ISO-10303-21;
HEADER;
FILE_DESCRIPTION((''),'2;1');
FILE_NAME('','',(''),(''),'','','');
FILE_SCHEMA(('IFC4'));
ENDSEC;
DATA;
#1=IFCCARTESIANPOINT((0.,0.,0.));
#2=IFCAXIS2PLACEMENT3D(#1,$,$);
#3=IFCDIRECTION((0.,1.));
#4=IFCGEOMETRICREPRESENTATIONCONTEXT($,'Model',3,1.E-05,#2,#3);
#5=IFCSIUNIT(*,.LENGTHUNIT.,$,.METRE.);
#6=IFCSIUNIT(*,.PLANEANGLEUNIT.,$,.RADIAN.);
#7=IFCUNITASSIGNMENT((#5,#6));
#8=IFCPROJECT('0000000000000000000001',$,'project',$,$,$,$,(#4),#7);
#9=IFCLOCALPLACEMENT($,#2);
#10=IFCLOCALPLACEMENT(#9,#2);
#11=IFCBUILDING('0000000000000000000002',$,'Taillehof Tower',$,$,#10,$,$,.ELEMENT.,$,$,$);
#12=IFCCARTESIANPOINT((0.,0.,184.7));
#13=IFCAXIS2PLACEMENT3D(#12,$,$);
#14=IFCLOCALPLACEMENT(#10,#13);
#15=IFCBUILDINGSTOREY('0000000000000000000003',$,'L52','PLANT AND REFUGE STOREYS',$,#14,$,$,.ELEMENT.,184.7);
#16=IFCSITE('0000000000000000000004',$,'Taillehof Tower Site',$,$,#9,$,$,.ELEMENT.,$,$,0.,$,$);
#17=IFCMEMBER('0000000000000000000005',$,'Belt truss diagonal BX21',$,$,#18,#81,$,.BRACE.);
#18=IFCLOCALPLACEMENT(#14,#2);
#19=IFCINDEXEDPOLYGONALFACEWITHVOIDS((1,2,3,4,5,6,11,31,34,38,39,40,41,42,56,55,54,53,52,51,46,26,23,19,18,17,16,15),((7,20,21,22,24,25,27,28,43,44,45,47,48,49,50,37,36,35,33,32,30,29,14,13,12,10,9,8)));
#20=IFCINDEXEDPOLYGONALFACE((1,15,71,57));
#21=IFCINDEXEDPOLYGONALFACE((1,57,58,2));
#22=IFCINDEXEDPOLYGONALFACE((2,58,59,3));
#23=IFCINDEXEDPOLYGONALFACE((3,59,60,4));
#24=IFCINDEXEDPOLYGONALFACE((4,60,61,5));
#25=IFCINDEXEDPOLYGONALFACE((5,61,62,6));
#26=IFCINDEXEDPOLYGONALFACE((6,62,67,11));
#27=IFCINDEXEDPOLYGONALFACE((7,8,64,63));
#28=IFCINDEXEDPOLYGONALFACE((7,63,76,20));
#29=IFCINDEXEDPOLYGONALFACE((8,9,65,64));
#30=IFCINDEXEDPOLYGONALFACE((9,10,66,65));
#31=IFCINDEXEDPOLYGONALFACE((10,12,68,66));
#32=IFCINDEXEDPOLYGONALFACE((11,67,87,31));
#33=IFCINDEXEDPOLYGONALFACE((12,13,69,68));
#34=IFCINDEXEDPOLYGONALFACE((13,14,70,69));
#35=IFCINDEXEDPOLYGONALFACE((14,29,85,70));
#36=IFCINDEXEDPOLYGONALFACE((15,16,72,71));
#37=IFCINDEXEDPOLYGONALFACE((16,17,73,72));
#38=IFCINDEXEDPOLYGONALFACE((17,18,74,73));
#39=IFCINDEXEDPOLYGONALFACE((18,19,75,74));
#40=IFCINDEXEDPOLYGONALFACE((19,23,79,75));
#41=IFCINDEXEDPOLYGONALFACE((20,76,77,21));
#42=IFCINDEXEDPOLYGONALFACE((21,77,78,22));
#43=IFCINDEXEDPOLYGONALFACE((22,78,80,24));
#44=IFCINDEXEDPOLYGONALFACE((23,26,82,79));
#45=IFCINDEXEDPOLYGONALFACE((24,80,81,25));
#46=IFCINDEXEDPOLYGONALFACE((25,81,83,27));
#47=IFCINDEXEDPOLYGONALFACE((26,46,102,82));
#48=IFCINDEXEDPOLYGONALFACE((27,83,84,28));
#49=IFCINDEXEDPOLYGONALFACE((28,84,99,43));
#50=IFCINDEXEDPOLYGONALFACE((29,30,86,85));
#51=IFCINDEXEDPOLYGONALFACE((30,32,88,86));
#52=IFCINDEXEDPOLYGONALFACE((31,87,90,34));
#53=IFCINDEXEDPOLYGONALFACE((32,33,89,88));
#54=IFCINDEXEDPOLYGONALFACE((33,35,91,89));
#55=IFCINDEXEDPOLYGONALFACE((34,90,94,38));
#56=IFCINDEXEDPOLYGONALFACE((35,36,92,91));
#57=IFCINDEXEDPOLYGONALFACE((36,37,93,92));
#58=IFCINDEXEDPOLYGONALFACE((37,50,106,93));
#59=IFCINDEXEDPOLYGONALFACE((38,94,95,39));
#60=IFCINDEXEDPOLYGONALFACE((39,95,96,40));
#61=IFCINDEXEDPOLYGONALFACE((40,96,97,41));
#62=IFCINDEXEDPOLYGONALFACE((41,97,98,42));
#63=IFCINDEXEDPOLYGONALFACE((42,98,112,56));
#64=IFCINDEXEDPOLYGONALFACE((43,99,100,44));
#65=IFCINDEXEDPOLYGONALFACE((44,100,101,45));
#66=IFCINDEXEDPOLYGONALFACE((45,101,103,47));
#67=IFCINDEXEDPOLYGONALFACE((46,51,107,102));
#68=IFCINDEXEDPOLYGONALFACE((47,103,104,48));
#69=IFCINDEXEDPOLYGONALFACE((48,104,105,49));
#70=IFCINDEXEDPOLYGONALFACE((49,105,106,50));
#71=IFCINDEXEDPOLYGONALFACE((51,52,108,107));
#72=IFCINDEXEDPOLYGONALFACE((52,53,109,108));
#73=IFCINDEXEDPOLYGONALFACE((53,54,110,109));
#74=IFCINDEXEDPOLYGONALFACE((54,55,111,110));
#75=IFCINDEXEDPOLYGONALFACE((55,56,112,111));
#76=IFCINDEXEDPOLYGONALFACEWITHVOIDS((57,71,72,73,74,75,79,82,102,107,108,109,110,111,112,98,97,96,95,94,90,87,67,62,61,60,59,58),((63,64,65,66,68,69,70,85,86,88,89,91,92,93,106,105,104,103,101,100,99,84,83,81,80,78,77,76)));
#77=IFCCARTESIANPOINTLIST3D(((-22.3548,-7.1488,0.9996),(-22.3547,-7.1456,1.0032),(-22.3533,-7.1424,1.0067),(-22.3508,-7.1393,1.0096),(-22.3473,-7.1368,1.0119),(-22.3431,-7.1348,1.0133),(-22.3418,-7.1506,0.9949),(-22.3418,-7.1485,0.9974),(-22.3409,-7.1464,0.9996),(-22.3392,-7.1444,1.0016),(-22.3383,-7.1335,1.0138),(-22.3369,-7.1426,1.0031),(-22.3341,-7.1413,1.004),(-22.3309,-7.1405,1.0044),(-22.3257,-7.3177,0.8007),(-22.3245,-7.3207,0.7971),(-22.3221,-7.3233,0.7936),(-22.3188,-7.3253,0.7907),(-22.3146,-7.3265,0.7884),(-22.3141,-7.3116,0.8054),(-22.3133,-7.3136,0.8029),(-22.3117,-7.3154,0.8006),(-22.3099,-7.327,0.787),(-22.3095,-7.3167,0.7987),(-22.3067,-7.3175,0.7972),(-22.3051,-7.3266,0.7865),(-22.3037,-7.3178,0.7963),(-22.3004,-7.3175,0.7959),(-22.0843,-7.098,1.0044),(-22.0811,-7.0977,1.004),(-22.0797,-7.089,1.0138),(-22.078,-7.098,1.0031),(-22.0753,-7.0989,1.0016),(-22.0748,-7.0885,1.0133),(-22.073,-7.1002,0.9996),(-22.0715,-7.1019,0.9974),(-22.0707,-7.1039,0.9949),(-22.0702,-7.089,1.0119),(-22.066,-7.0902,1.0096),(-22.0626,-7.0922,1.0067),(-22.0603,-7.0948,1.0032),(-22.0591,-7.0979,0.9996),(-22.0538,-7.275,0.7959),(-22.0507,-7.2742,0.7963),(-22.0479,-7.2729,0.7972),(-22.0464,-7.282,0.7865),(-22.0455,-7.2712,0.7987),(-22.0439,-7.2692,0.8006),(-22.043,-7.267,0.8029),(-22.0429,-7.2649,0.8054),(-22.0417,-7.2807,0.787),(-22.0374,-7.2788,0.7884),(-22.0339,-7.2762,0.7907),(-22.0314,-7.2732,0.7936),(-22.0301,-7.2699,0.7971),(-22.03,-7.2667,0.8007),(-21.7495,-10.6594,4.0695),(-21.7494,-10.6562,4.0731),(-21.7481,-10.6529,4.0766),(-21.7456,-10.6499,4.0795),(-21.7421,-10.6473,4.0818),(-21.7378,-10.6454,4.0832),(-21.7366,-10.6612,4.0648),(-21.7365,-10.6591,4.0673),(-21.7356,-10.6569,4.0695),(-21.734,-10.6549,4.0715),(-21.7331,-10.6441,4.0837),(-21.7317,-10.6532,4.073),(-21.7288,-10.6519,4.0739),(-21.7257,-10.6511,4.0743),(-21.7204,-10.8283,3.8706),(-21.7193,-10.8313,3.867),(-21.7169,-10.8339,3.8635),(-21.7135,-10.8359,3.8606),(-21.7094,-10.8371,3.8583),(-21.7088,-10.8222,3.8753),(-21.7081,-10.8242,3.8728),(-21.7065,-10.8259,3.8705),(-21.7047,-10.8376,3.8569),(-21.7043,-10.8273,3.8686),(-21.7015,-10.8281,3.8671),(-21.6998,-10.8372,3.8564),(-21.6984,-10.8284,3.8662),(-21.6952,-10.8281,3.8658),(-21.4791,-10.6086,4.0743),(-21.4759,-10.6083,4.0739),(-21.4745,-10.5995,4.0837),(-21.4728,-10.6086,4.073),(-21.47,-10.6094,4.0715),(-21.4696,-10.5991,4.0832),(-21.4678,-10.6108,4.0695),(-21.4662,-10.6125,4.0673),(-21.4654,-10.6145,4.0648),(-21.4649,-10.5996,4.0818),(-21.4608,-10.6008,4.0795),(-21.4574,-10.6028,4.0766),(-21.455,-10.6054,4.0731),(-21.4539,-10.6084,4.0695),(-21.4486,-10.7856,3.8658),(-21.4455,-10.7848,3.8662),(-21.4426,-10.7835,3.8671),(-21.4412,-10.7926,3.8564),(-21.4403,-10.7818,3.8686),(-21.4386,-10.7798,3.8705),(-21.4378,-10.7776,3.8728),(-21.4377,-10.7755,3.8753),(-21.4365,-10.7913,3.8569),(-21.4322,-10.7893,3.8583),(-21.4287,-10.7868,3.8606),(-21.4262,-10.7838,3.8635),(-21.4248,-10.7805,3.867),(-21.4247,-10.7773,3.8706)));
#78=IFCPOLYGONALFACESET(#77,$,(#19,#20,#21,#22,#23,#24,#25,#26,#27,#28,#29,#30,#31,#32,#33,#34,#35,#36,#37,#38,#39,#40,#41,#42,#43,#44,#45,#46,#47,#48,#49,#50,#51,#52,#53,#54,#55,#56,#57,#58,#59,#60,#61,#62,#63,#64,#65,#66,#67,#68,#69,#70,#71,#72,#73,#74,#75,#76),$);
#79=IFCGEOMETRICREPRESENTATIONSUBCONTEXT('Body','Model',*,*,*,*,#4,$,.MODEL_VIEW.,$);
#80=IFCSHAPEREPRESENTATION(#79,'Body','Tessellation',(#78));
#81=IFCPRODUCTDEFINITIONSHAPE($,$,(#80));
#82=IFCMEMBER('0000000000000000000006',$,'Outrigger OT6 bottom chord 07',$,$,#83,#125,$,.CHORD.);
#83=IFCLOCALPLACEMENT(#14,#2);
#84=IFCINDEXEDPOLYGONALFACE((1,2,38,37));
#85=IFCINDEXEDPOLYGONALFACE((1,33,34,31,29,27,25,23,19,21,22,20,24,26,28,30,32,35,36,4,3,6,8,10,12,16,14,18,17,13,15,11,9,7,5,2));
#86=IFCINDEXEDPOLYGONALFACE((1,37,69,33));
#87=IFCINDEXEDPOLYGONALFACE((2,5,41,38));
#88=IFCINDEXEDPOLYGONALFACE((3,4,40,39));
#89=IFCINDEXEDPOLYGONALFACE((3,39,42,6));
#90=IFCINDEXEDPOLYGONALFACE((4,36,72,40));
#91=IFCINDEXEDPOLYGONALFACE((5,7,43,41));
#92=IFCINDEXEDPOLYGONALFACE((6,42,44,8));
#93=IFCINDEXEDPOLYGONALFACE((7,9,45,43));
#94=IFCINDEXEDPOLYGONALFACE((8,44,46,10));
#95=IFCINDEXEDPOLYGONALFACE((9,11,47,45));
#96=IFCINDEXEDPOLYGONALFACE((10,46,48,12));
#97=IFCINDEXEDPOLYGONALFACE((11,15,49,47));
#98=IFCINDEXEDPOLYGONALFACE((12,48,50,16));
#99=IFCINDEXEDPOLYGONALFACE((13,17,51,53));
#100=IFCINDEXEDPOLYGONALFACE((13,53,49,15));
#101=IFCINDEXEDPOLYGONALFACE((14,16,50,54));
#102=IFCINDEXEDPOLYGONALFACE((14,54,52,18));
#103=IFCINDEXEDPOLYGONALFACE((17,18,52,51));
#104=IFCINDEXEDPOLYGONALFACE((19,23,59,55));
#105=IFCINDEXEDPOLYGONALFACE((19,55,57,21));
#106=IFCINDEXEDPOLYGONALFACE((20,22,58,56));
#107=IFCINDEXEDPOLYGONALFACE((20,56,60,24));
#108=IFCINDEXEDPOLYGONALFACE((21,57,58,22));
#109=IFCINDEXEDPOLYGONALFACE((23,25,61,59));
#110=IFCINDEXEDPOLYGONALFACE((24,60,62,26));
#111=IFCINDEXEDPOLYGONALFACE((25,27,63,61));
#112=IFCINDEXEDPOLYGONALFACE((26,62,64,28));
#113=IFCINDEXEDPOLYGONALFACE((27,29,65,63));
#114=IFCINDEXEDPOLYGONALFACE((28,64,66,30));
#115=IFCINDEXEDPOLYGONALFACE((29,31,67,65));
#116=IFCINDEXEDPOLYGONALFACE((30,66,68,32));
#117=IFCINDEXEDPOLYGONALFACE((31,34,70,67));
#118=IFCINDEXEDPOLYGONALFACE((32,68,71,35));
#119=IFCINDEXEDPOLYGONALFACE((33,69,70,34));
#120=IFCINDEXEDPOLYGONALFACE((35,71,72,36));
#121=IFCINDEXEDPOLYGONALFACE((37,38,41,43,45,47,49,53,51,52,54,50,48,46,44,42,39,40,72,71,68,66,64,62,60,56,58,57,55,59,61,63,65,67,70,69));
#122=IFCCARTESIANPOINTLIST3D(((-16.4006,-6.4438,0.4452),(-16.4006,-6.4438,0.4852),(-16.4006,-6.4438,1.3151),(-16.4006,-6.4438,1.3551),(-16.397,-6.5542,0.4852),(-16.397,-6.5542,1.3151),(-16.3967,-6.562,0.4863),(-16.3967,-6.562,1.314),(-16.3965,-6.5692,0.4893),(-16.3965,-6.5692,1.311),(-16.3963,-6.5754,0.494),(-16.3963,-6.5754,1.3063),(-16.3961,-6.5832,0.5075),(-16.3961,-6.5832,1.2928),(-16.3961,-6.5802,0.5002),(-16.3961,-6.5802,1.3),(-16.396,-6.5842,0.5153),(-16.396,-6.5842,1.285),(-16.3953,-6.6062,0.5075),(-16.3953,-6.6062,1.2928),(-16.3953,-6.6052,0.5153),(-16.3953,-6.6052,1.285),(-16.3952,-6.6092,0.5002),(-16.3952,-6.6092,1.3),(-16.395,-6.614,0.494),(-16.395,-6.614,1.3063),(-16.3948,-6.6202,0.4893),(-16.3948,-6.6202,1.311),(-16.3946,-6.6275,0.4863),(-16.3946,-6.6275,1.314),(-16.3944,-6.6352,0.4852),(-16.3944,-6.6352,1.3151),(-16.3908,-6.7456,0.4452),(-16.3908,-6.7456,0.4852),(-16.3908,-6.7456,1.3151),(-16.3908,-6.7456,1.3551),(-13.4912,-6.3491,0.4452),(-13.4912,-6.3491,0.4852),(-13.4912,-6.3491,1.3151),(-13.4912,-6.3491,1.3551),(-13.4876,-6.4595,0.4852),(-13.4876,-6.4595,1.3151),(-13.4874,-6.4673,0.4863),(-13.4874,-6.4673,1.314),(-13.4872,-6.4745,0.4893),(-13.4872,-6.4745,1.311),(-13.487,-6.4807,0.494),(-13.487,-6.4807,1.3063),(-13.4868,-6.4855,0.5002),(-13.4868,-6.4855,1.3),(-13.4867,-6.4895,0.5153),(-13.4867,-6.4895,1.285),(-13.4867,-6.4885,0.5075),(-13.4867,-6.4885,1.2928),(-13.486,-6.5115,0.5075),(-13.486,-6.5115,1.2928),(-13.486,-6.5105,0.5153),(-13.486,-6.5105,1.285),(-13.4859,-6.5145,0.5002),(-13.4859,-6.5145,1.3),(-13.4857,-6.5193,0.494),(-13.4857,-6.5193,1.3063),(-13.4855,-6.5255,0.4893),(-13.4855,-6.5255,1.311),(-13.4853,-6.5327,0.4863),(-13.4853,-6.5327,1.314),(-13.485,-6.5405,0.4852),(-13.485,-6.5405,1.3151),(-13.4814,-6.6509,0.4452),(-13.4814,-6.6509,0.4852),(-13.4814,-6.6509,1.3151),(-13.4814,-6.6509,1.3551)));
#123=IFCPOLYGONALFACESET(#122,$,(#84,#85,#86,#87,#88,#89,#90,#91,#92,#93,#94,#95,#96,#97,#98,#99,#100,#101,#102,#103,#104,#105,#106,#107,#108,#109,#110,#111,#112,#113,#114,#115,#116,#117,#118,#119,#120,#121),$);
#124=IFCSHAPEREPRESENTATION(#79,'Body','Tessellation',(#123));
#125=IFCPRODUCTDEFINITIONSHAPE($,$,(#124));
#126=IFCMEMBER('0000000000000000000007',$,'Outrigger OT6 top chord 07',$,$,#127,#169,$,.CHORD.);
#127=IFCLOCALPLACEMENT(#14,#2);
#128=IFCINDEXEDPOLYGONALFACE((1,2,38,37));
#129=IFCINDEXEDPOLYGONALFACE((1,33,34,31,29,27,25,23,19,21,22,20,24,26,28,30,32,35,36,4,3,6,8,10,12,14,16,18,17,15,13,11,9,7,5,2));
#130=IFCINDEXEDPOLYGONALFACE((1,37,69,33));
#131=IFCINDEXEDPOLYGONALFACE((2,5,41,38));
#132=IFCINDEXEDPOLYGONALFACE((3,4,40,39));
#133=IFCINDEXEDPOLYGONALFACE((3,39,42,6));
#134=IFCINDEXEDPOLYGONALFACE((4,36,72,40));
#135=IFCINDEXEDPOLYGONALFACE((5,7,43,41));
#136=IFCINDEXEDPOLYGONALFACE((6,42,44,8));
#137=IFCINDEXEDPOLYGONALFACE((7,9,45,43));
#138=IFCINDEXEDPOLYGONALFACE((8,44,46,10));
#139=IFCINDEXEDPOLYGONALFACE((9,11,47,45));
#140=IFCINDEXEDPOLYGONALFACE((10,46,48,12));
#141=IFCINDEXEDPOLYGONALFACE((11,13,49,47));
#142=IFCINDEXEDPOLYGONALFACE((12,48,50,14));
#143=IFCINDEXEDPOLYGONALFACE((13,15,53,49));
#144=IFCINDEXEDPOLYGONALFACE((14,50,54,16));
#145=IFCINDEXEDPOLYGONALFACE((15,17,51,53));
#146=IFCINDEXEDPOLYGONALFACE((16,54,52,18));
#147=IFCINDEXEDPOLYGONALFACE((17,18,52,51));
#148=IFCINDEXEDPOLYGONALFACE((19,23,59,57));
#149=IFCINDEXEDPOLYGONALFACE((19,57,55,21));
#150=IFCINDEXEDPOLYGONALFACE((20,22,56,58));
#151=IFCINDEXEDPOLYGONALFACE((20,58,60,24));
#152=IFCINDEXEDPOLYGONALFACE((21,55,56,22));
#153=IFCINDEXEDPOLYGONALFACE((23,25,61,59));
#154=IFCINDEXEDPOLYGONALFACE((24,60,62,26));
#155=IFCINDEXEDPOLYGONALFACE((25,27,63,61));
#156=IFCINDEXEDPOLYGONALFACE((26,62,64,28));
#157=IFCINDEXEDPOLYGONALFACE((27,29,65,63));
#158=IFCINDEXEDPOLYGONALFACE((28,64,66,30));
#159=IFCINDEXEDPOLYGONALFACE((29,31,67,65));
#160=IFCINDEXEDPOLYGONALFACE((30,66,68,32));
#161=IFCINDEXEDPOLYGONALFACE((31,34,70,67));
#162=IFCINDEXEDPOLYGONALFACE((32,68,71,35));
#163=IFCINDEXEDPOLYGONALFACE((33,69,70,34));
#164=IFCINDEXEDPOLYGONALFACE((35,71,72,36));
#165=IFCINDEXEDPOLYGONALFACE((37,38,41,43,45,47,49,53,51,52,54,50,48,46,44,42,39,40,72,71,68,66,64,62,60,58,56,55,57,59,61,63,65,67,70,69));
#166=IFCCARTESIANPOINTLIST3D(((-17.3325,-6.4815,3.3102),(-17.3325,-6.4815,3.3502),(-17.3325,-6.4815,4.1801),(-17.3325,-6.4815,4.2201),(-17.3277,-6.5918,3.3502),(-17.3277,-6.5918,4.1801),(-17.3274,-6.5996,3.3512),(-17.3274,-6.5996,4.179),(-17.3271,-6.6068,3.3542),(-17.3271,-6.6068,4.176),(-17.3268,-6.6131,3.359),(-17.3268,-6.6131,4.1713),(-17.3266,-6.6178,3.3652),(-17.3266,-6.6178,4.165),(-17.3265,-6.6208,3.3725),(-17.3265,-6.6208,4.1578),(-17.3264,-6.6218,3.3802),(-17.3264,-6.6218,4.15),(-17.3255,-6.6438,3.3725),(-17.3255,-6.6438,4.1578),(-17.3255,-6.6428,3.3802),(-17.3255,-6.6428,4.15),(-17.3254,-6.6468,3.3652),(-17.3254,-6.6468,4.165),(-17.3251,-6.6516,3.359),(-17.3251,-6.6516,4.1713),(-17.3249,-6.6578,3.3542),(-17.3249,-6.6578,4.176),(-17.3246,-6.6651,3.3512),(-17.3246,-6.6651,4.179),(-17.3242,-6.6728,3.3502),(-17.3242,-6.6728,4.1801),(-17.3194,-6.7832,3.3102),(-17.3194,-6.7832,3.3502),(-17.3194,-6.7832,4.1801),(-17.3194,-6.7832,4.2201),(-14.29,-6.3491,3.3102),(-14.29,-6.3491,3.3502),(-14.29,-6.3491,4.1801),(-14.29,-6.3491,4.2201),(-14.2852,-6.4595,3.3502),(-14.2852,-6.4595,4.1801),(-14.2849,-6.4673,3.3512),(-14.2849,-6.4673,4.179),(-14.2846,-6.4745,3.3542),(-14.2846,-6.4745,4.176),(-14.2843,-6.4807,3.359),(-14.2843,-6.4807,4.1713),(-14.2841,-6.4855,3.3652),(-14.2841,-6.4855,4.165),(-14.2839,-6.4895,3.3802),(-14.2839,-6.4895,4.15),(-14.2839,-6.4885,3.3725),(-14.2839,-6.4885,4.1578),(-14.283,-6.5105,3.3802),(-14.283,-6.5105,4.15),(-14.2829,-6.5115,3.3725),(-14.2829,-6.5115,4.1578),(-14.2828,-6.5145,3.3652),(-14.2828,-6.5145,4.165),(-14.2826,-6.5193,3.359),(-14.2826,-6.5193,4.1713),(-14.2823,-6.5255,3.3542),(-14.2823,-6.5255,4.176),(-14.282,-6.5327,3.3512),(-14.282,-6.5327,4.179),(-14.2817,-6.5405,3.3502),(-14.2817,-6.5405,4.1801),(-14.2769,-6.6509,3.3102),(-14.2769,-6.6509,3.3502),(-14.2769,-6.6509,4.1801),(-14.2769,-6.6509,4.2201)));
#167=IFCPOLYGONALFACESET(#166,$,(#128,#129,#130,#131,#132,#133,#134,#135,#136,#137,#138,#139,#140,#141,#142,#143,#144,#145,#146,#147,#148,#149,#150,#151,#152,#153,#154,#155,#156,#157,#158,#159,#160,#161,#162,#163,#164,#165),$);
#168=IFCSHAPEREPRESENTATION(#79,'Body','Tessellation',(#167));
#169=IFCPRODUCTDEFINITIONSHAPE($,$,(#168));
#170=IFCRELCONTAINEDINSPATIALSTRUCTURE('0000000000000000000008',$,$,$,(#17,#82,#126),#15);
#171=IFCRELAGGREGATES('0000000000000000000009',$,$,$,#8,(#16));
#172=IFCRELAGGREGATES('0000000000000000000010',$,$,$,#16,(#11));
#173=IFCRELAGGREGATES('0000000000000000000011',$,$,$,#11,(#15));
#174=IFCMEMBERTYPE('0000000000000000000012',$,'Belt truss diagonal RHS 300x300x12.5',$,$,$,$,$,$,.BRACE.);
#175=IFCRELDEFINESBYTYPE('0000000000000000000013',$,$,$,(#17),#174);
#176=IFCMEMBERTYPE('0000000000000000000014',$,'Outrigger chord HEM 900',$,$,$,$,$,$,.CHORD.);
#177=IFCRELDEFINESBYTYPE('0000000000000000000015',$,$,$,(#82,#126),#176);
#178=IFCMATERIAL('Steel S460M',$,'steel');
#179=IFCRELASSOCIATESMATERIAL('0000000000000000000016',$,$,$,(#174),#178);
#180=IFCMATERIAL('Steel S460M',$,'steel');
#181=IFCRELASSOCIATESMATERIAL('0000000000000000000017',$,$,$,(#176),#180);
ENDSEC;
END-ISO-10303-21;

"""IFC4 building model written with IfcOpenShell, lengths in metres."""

from ifc_helpers import new_model, si_unit, direction, frame, origin, origin_2d, place, context, subcontext, project, spatial, hollow_rectangle, i_section, extrude, material, material_profile, profile_set, type_object, element, save


model = new_model("IFC4")

# Units and contexts
model_context = context("Model", 3, precision=1e-05, world=origin(), true_north=direction((0.0, 1.0)))
body_context = subcontext(model_context, "Body", "Model", "MODEL_VIEW")
ifc_project = project(units=[si_unit("LENGTHUNIT", "METRE"), si_unit("PLANEANGLEUNIT", "RADIAN")], contexts=[model_context])

# Site, building, storey
site_placement = place(None, origin())
site = spatial("IfcSite", under=ifc_project, at=site_placement, Name="Taillehof Tower Site", CompositionType="ELEMENT", RefElevation=0.0)
building_placement = place(site_placement, origin())
building = spatial("IfcBuilding", under=site, at=building_placement, Name="Taillehof Tower", CompositionType="ELEMENT")
storey_placement = place(building_placement, frame((0.0, 0.0, 184.7)))
storey = spatial("IfcBuildingStorey", under=building, at=storey_placement, Name="L52", Description="PLANT AND REFUGE STOREYS", CompositionType="ELEMENT", Elevation=184.7)

# Members
ifc_material_1 = material(Name="Steel S460M", Category="steel")
ifc_material_profile_1 = material_profile(ifc_material_1, hollow_rectangle(XDim=0.3, YDim=0.3, WallThickness=0.0125, InnerFilletRadius=0.0125, OuterFilletRadius=0.0188, at=origin_2d()), Name="RHS 300x300x12.5")
ifc_profile_set_1 = profile_set([ifc_material_profile_1], Name="Steel S460M")
member_type_1 = type_object("IfcMemberType", Name="Belt truss diagonal RHS 300x300x12.5", PredefinedType="BRACE", material=ifc_profile_set_1)
member_1_placement = place(storey_placement, frame((-22.1924, -7.2078, 0.9001), z_axis=(0.128702, -0.746514, 0.652804), x_axis=(0.985462, 0.169898, 0.0)))
element("IfcMember", 1, at=member_1_placement, inside=storey, type_object=member_type_1, Name="Belt truss diagonal BX21", PredefinedType="BRACE", context=body_context, shape_type="SweptSolid", body=[
    extrude(hollow_rectangle(XDim=0.3, YDim=0.3, WallThickness=0.0125, InnerFilletRadius=0.0125, OuterFilletRadius=0.0188, at=origin_2d()), origin(), (0.0, 0.0, 1.0), 4.7026),
])
ifc_material_2 = material(Name="Steel S460M", Category="steel")
ifc_material_profile_2 = material_profile(ifc_material_2, i_section(OverallWidth=0.302, OverallDepth=0.9099, WebThickness=0.021, FlangeThickness=0.04, FilletRadius=0.03, at=origin_2d()), Name="HEM 900")
ifc_profile_set_2 = profile_set([ifc_material_profile_2], Name="Steel S460M")
member_type_2 = type_object("IfcMemberType", Name="Outrigger chord HEM 900", PredefinedType="CHORD", material=ifc_profile_set_2)
member_2_placement = place(storey_placement, frame((-13.4863, -6.5, 0.9001), z_axis=(-0.99947, -0.032541, 0.0), x_axis=(0.032541, -0.99947, 0.0)))
element("IfcMember", 2, at=member_2_placement, inside=storey, type_object=member_type_2, Name="Outrigger OT6 bottom chord 07", PredefinedType="CHORD", context=body_context, shape_type="SweptSolid", body=[
    extrude(i_section(OverallWidth=0.302, OverallDepth=0.9099, WebThickness=0.021, FlangeThickness=0.04, FilletRadius=0.03, at=origin_2d()), origin(), (0.0, 0.0, 1.0), 2.9109),
])
member_3_placement = place(storey_placement, frame((-14.2834, -6.5, 3.7651), z_axis=(-0.999056, -0.043451, 0.0), x_axis=(0.043451, -0.999056, 0.0)))
element("IfcMember", 3, at=member_3_placement, inside=storey, type_object=member_type_2, Name="Outrigger OT6 top chord 07", PredefinedType="CHORD", context=body_context, shape_type="SweptSolid", body=[
    extrude(i_section(OverallWidth=0.302, OverallDepth=0.9099, WebThickness=0.021, FlangeThickness=0.04, FilletRadius=0.03, at=origin_2d()), origin(), (0.0, 0.0, 1.0), 3.0454),
])

save(model, "model.ifc")
